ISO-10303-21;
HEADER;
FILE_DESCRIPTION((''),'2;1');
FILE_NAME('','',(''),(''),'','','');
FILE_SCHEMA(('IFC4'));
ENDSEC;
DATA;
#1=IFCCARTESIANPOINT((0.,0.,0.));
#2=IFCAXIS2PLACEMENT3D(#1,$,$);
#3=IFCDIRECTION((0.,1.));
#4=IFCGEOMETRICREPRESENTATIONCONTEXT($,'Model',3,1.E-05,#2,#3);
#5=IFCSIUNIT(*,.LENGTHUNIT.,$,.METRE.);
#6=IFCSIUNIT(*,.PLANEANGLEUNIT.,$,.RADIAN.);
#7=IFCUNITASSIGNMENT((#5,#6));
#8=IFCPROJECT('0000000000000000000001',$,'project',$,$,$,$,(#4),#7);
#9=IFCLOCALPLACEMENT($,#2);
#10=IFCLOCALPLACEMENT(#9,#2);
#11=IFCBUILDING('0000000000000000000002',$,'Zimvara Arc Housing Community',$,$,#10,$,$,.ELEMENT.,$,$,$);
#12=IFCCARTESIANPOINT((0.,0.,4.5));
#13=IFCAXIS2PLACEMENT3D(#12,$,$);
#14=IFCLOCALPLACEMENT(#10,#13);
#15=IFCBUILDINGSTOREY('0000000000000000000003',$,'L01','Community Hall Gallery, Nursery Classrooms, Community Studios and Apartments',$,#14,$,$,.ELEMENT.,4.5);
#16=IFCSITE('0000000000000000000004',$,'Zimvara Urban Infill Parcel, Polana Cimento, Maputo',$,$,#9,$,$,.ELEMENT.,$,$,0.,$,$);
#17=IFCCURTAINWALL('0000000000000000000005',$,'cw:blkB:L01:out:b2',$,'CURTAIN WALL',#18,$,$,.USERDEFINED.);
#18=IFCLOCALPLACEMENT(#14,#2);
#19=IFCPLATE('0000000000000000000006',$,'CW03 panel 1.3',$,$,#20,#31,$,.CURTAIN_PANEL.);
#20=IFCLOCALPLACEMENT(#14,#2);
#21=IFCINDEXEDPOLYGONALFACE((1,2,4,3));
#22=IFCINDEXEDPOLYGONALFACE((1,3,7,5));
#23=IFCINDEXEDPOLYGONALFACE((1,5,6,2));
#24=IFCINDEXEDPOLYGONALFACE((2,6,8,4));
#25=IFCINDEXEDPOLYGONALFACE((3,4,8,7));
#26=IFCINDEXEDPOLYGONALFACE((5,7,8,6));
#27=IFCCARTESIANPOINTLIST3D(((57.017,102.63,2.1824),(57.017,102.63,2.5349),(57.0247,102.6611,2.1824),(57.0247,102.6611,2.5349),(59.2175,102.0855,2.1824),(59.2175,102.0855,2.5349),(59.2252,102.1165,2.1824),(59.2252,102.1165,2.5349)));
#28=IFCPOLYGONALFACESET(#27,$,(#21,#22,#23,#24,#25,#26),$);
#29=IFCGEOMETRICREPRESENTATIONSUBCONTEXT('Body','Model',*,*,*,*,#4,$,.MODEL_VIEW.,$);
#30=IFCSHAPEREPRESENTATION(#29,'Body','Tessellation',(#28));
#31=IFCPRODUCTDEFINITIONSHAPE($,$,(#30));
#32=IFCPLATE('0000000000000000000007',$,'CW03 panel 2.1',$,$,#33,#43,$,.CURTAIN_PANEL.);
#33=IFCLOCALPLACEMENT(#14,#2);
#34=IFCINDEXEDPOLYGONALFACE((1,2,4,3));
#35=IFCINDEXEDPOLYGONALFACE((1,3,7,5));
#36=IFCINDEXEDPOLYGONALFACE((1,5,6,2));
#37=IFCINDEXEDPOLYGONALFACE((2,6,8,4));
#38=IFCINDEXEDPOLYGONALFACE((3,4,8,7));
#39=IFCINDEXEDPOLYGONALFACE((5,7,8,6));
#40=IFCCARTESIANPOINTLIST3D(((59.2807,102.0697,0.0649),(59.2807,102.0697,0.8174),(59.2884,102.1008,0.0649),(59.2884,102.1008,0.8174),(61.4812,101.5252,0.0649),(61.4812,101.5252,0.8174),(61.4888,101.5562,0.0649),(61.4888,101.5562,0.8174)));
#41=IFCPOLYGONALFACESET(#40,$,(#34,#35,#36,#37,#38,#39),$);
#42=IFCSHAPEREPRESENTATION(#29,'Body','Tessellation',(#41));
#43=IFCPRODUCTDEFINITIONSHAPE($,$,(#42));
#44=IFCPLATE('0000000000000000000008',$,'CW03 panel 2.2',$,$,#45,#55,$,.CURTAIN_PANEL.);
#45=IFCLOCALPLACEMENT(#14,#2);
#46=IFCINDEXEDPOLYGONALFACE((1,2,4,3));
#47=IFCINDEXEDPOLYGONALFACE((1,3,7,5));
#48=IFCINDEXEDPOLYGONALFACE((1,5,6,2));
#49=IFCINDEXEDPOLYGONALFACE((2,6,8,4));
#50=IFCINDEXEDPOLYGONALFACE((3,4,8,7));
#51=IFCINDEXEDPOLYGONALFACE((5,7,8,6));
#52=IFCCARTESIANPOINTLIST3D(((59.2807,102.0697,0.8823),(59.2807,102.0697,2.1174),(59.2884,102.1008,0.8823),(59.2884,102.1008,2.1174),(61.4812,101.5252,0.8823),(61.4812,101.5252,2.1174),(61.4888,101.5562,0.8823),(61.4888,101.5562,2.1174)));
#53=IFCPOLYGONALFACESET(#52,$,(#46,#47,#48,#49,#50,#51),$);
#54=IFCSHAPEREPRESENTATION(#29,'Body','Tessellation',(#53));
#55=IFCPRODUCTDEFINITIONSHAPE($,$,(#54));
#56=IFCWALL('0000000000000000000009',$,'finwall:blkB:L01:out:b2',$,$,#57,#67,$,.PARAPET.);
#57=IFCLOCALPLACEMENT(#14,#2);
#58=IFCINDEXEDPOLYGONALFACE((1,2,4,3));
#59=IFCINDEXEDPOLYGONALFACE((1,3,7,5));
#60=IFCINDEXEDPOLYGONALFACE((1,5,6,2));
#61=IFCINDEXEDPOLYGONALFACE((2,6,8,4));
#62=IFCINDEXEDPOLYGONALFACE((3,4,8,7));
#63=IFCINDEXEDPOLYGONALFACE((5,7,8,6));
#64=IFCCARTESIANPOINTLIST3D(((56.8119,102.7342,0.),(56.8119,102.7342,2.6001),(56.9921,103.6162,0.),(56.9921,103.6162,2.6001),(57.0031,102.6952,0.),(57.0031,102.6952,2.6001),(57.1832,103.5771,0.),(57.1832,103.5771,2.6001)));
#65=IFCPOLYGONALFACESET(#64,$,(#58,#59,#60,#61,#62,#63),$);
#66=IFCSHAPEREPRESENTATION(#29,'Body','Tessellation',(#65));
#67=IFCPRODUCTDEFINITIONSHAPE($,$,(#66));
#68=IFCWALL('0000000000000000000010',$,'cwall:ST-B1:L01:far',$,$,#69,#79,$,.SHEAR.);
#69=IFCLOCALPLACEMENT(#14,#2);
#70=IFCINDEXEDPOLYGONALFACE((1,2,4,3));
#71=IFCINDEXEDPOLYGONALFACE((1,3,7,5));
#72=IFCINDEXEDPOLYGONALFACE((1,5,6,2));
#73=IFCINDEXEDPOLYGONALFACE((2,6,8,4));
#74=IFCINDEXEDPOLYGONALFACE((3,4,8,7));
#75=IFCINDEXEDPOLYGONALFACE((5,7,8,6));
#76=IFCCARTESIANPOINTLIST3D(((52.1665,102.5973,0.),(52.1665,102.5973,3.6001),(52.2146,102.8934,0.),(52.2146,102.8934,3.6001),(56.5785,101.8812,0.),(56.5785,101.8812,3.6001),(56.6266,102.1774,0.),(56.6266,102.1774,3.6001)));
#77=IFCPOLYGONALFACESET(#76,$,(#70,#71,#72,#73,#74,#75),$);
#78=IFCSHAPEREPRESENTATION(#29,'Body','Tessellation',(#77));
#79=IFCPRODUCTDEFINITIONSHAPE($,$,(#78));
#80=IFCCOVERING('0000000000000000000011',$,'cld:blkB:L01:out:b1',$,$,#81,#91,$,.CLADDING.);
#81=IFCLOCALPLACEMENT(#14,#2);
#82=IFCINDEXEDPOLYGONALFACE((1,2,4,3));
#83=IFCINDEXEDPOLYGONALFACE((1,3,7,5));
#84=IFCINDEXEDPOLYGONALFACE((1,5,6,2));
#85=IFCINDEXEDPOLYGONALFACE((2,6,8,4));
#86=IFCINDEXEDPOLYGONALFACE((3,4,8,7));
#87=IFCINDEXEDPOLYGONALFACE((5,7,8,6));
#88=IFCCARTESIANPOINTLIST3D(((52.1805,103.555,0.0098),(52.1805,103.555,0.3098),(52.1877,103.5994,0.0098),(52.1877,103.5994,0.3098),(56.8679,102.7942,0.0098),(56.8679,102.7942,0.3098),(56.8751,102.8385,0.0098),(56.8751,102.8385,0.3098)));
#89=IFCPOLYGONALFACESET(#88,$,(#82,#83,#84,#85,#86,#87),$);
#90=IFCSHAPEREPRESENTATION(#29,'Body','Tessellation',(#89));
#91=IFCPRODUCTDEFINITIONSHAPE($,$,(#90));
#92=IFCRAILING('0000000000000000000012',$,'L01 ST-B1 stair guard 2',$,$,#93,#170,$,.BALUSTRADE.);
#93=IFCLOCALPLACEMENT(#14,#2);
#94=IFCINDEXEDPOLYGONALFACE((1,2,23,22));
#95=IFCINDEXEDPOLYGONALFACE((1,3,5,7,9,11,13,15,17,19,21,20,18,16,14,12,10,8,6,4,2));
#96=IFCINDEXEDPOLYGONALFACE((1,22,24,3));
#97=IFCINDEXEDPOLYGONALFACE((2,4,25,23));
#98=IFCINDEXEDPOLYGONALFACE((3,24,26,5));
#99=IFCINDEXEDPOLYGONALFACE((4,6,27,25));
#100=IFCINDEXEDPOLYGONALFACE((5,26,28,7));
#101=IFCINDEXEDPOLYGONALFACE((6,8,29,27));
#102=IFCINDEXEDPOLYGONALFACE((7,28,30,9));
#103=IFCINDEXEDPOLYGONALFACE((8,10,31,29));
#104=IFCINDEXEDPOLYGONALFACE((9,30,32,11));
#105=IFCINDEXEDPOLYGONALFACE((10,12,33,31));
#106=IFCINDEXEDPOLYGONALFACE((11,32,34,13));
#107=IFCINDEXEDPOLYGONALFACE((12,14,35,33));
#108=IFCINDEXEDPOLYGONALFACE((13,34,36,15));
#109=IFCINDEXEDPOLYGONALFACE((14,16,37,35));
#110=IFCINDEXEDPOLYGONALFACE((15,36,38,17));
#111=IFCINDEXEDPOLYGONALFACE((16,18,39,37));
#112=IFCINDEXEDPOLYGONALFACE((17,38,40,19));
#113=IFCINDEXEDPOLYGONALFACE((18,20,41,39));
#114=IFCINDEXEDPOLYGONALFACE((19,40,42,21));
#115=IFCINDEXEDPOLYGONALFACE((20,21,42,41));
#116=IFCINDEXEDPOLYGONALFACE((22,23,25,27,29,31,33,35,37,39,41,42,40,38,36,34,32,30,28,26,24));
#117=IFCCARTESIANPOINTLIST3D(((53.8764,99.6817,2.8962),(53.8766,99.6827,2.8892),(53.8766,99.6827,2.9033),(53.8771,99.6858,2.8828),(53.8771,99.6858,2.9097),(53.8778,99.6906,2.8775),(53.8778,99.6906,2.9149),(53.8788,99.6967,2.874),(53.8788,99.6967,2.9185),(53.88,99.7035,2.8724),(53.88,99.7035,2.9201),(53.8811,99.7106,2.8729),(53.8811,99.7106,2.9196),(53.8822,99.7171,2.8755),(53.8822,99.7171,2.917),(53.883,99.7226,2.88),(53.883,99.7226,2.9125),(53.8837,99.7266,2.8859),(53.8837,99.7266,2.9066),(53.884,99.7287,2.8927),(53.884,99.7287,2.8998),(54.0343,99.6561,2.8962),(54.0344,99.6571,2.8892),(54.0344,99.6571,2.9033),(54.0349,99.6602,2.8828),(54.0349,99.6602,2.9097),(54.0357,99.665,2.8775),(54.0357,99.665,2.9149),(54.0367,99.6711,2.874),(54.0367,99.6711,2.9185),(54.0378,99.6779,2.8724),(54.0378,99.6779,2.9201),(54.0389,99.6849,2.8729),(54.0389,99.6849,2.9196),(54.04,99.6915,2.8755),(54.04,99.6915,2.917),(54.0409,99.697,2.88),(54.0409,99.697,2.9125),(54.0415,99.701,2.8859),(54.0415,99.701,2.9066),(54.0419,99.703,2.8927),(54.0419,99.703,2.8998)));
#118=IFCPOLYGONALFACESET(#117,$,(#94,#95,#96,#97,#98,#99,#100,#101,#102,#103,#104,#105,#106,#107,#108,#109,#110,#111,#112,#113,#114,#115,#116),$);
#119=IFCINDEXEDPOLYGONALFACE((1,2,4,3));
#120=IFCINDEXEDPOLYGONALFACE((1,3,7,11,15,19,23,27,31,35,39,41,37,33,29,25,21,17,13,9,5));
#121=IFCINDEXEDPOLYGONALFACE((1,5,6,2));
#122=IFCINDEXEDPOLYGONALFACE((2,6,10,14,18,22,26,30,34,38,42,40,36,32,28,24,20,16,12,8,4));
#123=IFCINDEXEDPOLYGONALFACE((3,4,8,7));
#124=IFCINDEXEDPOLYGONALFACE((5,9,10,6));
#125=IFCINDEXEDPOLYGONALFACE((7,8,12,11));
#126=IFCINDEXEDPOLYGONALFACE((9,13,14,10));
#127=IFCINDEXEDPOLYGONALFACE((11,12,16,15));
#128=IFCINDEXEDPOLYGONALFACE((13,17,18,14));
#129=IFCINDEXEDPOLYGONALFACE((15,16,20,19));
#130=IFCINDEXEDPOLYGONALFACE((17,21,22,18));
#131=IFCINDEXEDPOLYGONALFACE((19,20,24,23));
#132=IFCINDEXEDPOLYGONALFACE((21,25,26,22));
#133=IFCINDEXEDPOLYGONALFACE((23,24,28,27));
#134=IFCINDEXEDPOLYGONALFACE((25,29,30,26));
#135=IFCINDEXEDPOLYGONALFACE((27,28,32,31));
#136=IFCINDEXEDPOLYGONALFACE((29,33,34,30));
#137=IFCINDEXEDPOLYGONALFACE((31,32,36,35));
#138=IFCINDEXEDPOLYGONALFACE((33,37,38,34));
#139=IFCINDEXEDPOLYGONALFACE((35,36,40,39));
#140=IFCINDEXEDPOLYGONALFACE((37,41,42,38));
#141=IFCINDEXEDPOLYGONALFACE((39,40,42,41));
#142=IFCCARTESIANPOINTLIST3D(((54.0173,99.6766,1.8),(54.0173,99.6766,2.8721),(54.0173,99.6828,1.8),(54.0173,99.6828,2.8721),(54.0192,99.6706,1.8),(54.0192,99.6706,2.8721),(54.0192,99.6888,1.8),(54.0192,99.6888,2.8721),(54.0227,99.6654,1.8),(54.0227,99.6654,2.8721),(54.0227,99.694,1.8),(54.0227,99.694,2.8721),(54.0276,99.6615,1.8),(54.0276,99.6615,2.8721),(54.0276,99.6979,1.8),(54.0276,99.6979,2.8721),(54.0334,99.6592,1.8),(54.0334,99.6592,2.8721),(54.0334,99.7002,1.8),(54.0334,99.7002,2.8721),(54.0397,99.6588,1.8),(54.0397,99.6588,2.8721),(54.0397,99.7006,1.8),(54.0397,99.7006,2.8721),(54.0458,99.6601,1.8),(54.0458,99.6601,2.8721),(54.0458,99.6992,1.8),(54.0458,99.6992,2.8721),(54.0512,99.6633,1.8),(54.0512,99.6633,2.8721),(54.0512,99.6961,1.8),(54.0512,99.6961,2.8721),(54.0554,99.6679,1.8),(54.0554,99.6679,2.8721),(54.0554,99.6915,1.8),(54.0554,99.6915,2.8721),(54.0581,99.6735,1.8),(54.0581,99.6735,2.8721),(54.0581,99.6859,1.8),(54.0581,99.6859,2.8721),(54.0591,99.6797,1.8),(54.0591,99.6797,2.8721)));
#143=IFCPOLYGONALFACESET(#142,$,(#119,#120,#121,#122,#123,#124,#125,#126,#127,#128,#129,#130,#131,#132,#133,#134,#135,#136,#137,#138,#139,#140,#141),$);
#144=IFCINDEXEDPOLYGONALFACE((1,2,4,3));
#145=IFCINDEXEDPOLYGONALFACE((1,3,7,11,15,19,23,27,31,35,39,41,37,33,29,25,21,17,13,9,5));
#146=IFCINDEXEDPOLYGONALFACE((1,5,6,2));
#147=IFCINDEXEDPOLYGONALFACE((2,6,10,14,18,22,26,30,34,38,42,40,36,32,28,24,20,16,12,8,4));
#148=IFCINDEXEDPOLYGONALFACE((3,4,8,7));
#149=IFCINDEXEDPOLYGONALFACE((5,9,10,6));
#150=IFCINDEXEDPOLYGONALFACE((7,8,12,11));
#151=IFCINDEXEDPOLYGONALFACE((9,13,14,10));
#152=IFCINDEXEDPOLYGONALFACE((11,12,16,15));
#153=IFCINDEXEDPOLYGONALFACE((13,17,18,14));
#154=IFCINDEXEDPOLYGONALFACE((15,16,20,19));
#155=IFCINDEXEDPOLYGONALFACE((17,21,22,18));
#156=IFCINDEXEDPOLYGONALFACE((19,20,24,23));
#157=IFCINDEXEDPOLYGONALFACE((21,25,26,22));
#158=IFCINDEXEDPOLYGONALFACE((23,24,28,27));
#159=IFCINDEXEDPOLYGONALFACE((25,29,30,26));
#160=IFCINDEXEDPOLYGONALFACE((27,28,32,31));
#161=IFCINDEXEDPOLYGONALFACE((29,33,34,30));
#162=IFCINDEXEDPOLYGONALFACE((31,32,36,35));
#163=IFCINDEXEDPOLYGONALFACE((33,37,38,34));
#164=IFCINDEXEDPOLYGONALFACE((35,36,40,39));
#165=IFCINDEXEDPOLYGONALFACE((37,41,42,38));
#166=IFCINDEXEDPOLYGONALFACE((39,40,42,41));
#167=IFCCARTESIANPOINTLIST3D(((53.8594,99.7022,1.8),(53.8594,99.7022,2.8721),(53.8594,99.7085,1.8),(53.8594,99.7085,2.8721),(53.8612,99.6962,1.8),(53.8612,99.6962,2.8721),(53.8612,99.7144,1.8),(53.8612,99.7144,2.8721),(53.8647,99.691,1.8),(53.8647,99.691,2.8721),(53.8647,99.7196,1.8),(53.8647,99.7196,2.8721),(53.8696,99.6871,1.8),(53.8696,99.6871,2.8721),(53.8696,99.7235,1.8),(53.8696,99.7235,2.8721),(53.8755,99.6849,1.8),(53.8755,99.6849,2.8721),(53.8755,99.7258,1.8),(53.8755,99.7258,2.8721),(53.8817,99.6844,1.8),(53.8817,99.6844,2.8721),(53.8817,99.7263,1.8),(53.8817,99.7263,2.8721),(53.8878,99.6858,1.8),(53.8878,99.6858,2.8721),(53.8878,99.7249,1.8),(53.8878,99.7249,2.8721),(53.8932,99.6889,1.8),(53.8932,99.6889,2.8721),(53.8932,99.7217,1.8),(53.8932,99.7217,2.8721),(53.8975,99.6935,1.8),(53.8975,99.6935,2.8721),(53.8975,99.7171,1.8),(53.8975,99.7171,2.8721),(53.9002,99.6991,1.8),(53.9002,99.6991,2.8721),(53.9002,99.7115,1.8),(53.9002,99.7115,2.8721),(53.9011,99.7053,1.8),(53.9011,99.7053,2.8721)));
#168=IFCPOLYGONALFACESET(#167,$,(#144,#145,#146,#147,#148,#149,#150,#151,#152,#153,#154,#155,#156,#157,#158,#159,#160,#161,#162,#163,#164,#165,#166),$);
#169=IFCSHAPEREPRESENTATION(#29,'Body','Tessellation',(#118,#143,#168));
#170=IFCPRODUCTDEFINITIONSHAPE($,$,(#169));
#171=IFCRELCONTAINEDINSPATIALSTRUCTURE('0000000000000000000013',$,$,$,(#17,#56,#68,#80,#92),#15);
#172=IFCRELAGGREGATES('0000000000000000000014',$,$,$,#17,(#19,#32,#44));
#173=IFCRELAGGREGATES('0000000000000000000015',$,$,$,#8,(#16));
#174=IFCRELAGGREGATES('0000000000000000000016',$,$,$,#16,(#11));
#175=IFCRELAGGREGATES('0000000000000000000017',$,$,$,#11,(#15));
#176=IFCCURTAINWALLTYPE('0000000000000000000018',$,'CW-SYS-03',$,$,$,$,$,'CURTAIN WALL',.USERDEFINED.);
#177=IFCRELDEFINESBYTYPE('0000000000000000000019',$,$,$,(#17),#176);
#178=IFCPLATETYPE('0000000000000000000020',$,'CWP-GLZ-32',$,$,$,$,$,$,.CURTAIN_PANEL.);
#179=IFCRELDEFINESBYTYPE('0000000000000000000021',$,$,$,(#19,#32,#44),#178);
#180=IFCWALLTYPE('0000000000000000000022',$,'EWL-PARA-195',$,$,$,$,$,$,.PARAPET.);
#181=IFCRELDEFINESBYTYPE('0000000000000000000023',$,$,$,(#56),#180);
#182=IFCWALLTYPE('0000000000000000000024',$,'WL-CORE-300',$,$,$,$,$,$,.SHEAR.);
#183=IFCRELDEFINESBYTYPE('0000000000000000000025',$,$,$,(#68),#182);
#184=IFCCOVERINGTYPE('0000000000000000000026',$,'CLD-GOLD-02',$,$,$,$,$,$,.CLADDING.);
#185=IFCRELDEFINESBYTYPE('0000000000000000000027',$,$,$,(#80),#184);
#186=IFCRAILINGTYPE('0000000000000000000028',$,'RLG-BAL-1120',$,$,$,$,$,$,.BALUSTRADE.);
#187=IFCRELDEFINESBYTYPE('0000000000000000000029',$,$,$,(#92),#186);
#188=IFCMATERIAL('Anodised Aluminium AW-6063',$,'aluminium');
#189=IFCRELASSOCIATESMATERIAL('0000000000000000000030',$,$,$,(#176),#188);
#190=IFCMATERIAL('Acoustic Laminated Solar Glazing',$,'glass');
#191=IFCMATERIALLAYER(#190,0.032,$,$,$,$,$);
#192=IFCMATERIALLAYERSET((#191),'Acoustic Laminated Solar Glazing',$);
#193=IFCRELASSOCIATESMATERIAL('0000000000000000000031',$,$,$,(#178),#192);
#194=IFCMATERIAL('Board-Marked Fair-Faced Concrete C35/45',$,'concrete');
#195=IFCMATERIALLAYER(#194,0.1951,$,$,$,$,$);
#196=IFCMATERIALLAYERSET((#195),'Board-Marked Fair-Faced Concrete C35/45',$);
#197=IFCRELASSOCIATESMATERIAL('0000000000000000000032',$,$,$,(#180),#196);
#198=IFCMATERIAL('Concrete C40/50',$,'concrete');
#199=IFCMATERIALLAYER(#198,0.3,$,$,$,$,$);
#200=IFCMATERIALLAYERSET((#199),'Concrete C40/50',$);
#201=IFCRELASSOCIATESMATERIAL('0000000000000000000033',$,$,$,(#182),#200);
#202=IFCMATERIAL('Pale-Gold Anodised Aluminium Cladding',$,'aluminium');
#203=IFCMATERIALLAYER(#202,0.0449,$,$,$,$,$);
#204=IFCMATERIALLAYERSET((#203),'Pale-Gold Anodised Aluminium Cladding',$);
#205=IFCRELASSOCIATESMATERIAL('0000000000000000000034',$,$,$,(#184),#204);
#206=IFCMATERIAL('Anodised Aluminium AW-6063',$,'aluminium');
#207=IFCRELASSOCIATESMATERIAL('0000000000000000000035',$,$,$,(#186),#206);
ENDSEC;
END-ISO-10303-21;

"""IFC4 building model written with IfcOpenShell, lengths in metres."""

from ifc_helpers import new_model, si_unit, direction, frame, frame_2d, origin, origin_2d, place, context, subcontext, project, spatial, rectangle, circle, extrude, material, layer, layer_set, type_object, element, aggregate, save


model = new_model("IFC4")

# Units and contexts
model_context = context("Model", 3, precision=1e-05, world=origin(), true_north=direction((0.0, 1.0)))
body_context = subcontext(model_context, "Body", "Model", "MODEL_VIEW")
ifc_project = project(units=[si_unit("LENGTHUNIT", "METRE"), si_unit("PLANEANGLEUNIT", "RADIAN")], contexts=[model_context])

# Site, building, storey
site_placement = place(None, origin())
site = spatial("IfcSite", under=ifc_project, at=site_placement, Name="Zimvara Urban Infill Parcel, Polana Cimento, Maputo", CompositionType="ELEMENT", RefElevation=0.0)
building_placement = place(site_placement, origin())
building = spatial("IfcBuilding", under=site, at=building_placement, Name="Zimvara Arc Housing Community", CompositionType="ELEMENT")
storey_placement = place(building_placement, frame((0.0, 0.0, 4.5)))
storey = spatial("IfcBuildingStorey", under=building, at=storey_placement, Name="L01", Description="Community Hall Gallery, Nursery Classrooms, Community Studios and Apartments", CompositionType="ELEMENT", Elevation=4.5)

# Curtain wall, plates
ifc_material_1 = material(Name="Anodised Aluminium AW-6063", Category="aluminium")
curtain_wall_type = type_object("IfcCurtainWallType", Name="CW-SYS-03", ElementType="CURTAIN WALL", PredefinedType="USERDEFINED", material=ifc_material_1)
curtain_wall_placement = place(storey_placement, origin())
curtain_wall = element("IfcCurtainWall", 1, at=curtain_wall_placement, inside=storey, type_object=curtain_wall_type, Name="cw:blkB:L01:out:b2", ObjectType="CURTAIN WALL", PredefinedType="USERDEFINED")
ifc_material_2 = material(Name="Acoustic Laminated Solar Glazing", Category="glass")
ifc_layer_1 = layer(ifc_material_2, 0.032)
ifc_layer_set_1 = layer_set([ifc_layer_1], Name="Acoustic Laminated Solar Glazing")
plate_type = type_object("IfcPlateType", Name="CWP-GLZ-32", PredefinedType="CURTAIN_PANEL", material=ifc_layer_set_1)
plate_1_placement = place(storey_placement, frame((58.1211, 102.3733, 2.1824), z_axis=(0.0, 0.0, 1.0), x_axis=(0.970716, -0.24023, 0.0)))
plate_1 = element("IfcPlate", 2, at=plate_1_placement, type_object=plate_type, Name="CW03 panel 1.3", PredefinedType="CURTAIN_PANEL", context=body_context, shape_type="SweptSolid", body=[
    extrude(rectangle(XDim=2.2668, YDim=0.032, at=origin_2d()), origin(), (0.0, 0.0, 1.0), 0.3525),
])
plate_2_placement = place(storey_placement, frame((60.3848, 101.813, 0.0649), z_axis=(0.0, 0.0, 1.0), x_axis=(0.970716, -0.24023, 0.0)))
plate_2 = element("IfcPlate", 3, at=plate_2_placement, type_object=plate_type, Name="CW03 panel 2.1", PredefinedType="CURTAIN_PANEL", context=body_context, shape_type="SweptSolid", body=[
    extrude(rectangle(XDim=2.2668, YDim=0.032, at=origin_2d()), origin(), (0.0, 0.0, 1.0), 0.7524),
])
plate_3_placement = place(storey_placement, frame((60.3848, 101.813, 0.8823), z_axis=(0.0, 0.0, 1.0), x_axis=(0.970716, -0.24023, 0.0)))
plate_3 = element("IfcPlate", 4, at=plate_3_placement, type_object=plate_type, Name="CW03 panel 2.2", PredefinedType="CURTAIN_PANEL", context=body_context, shape_type="SweptSolid", body=[
    extrude(rectangle(XDim=2.2668, YDim=0.032, at=origin_2d()), origin(), (0.0, 0.0, 1.0), 1.2351),
])
aggregate(curtain_wall, [plate_1, plate_2, plate_3])

# Walls
ifc_material_3 = material(Name="Board-Marked Fair-Faced Concrete C35/45", Category="concrete")
ifc_layer_2 = layer(ifc_material_3, 0.1951)
ifc_layer_set_2 = layer_set([ifc_layer_2], Name="Board-Marked Fair-Faced Concrete C35/45")
wall_type_1 = type_object("IfcWallType", Name="EWL-PARA-195", PredefinedType="PARAPET", material=ifc_layer_set_2)
wall_1_placement = place(storey_placement, frame((56.9075, 102.7146, 0.0), z_axis=(0.0, 0.0, 1.0), x_axis=(0.200183, 0.979758, 0.0)))
element("IfcWall", 5, at=wall_1_placement, inside=storey, type_object=wall_type_1, Name="finwall:blkB:L01:out:b2", PredefinedType="PARAPET", context=body_context, shape_type="SweptSolid", body=[
    extrude(rectangle(XDim=0.9001, YDim=0.1951, at=frame_2d((0.4502, 0.0))), origin(), (0.0, 0.0, 1.0), 2.6001),
])
ifc_material_4 = material(Name="Concrete C40/50", Category="concrete")
ifc_layer_3 = layer(ifc_material_4, 0.3)
ifc_layer_set_3 = layer_set([ifc_layer_3], Name="Concrete C40/50")
wall_type_2 = type_object("IfcWallType", Name="WL-CORE-300", PredefinedType="SHEAR", material=ifc_layer_set_3)
wall_2_placement = place(storey_placement, frame((56.6025, 102.0293, 0.0), z_axis=(0.0, 0.0, 1.0), x_axis=(-0.987085, 0.160199, 0.0)))
element("IfcWall", 6, at=wall_2_placement, inside=storey, type_object=wall_type_2, Name="cwall:ST-B1:L01:far", PredefinedType="SHEAR", context=body_context, shape_type="SweptSolid", body=[
    extrude(rectangle(XDim=4.4697, YDim=0.3, at=frame_2d((2.2349, 0.0))), origin(), (0.0, 0.0, 1.0), 3.6001),
])

# Covering
ifc_material_5 = material(Name="Pale-Gold Anodised Aluminium Cladding", Category="aluminium")
ifc_layer_4 = layer(ifc_material_5, 0.0449)
ifc_layer_set_4 = layer_set([ifc_layer_4], Name="Pale-Gold Anodised Aluminium Cladding")
covering_type = type_object("IfcCoveringType", Name="CLD-GOLD-02", PredefinedType="CLADDING", material=ifc_layer_set_4)
covering_placement = place(storey_placement, frame((54.5278, 103.1968, 0.0098), z_axis=(0.0, 0.0, 1.0), x_axis=(0.98708, -0.160226, 0.0)))
element("IfcCovering", 7, at=covering_placement, inside=storey, type_object=covering_type, Name="cld:blkB:L01:out:b1", PredefinedType="CLADDING", context=body_context, shape_type="SweptSolid", body=[
    extrude(rectangle(XDim=4.7488, YDim=0.0449, at=origin_2d()), origin(), (0.0, 0.0, 1.0), 0.3),
])

# Railing
ifc_material_6 = material(Name="Anodised Aluminium AW-6063", Category="aluminium")
railing_type = type_object("IfcRailingType", Name="RLG-BAL-1120", PredefinedType="BALUSTRADE", material=ifc_material_6)
railing_placement = place(storey_placement, frame((54.0381, 99.6797, 1.8)))
element("IfcRailing", 8, at=railing_placement, inside=storey, type_object=railing_type, Name="L01 ST-B1 stair guard 2", PredefinedType="BALUSTRADE", context=body_context, shape_type="SweptSolid", body=[
    extrude(circle(Radius=0.0239, at=origin_2d()), frame((0.0, 0.0, 1.0962), z_axis=(-0.987086, 0.160192, 0.0), x_axis=(-0.160192, -0.987086, 0.0)), (0.0, 0.0, 1.0), 0.1599),
    extrude(circle(Radius=0.021, at=origin_2d()), origin(), (0.0, 0.0, 1.0), 1.072),
    extrude(circle(Radius=0.021, at=origin_2d()), frame((-0.158, 0.0256, 0.0)), (0.0, 0.0, 1.0), 1.072),
])

save(model, "model.ifc")
